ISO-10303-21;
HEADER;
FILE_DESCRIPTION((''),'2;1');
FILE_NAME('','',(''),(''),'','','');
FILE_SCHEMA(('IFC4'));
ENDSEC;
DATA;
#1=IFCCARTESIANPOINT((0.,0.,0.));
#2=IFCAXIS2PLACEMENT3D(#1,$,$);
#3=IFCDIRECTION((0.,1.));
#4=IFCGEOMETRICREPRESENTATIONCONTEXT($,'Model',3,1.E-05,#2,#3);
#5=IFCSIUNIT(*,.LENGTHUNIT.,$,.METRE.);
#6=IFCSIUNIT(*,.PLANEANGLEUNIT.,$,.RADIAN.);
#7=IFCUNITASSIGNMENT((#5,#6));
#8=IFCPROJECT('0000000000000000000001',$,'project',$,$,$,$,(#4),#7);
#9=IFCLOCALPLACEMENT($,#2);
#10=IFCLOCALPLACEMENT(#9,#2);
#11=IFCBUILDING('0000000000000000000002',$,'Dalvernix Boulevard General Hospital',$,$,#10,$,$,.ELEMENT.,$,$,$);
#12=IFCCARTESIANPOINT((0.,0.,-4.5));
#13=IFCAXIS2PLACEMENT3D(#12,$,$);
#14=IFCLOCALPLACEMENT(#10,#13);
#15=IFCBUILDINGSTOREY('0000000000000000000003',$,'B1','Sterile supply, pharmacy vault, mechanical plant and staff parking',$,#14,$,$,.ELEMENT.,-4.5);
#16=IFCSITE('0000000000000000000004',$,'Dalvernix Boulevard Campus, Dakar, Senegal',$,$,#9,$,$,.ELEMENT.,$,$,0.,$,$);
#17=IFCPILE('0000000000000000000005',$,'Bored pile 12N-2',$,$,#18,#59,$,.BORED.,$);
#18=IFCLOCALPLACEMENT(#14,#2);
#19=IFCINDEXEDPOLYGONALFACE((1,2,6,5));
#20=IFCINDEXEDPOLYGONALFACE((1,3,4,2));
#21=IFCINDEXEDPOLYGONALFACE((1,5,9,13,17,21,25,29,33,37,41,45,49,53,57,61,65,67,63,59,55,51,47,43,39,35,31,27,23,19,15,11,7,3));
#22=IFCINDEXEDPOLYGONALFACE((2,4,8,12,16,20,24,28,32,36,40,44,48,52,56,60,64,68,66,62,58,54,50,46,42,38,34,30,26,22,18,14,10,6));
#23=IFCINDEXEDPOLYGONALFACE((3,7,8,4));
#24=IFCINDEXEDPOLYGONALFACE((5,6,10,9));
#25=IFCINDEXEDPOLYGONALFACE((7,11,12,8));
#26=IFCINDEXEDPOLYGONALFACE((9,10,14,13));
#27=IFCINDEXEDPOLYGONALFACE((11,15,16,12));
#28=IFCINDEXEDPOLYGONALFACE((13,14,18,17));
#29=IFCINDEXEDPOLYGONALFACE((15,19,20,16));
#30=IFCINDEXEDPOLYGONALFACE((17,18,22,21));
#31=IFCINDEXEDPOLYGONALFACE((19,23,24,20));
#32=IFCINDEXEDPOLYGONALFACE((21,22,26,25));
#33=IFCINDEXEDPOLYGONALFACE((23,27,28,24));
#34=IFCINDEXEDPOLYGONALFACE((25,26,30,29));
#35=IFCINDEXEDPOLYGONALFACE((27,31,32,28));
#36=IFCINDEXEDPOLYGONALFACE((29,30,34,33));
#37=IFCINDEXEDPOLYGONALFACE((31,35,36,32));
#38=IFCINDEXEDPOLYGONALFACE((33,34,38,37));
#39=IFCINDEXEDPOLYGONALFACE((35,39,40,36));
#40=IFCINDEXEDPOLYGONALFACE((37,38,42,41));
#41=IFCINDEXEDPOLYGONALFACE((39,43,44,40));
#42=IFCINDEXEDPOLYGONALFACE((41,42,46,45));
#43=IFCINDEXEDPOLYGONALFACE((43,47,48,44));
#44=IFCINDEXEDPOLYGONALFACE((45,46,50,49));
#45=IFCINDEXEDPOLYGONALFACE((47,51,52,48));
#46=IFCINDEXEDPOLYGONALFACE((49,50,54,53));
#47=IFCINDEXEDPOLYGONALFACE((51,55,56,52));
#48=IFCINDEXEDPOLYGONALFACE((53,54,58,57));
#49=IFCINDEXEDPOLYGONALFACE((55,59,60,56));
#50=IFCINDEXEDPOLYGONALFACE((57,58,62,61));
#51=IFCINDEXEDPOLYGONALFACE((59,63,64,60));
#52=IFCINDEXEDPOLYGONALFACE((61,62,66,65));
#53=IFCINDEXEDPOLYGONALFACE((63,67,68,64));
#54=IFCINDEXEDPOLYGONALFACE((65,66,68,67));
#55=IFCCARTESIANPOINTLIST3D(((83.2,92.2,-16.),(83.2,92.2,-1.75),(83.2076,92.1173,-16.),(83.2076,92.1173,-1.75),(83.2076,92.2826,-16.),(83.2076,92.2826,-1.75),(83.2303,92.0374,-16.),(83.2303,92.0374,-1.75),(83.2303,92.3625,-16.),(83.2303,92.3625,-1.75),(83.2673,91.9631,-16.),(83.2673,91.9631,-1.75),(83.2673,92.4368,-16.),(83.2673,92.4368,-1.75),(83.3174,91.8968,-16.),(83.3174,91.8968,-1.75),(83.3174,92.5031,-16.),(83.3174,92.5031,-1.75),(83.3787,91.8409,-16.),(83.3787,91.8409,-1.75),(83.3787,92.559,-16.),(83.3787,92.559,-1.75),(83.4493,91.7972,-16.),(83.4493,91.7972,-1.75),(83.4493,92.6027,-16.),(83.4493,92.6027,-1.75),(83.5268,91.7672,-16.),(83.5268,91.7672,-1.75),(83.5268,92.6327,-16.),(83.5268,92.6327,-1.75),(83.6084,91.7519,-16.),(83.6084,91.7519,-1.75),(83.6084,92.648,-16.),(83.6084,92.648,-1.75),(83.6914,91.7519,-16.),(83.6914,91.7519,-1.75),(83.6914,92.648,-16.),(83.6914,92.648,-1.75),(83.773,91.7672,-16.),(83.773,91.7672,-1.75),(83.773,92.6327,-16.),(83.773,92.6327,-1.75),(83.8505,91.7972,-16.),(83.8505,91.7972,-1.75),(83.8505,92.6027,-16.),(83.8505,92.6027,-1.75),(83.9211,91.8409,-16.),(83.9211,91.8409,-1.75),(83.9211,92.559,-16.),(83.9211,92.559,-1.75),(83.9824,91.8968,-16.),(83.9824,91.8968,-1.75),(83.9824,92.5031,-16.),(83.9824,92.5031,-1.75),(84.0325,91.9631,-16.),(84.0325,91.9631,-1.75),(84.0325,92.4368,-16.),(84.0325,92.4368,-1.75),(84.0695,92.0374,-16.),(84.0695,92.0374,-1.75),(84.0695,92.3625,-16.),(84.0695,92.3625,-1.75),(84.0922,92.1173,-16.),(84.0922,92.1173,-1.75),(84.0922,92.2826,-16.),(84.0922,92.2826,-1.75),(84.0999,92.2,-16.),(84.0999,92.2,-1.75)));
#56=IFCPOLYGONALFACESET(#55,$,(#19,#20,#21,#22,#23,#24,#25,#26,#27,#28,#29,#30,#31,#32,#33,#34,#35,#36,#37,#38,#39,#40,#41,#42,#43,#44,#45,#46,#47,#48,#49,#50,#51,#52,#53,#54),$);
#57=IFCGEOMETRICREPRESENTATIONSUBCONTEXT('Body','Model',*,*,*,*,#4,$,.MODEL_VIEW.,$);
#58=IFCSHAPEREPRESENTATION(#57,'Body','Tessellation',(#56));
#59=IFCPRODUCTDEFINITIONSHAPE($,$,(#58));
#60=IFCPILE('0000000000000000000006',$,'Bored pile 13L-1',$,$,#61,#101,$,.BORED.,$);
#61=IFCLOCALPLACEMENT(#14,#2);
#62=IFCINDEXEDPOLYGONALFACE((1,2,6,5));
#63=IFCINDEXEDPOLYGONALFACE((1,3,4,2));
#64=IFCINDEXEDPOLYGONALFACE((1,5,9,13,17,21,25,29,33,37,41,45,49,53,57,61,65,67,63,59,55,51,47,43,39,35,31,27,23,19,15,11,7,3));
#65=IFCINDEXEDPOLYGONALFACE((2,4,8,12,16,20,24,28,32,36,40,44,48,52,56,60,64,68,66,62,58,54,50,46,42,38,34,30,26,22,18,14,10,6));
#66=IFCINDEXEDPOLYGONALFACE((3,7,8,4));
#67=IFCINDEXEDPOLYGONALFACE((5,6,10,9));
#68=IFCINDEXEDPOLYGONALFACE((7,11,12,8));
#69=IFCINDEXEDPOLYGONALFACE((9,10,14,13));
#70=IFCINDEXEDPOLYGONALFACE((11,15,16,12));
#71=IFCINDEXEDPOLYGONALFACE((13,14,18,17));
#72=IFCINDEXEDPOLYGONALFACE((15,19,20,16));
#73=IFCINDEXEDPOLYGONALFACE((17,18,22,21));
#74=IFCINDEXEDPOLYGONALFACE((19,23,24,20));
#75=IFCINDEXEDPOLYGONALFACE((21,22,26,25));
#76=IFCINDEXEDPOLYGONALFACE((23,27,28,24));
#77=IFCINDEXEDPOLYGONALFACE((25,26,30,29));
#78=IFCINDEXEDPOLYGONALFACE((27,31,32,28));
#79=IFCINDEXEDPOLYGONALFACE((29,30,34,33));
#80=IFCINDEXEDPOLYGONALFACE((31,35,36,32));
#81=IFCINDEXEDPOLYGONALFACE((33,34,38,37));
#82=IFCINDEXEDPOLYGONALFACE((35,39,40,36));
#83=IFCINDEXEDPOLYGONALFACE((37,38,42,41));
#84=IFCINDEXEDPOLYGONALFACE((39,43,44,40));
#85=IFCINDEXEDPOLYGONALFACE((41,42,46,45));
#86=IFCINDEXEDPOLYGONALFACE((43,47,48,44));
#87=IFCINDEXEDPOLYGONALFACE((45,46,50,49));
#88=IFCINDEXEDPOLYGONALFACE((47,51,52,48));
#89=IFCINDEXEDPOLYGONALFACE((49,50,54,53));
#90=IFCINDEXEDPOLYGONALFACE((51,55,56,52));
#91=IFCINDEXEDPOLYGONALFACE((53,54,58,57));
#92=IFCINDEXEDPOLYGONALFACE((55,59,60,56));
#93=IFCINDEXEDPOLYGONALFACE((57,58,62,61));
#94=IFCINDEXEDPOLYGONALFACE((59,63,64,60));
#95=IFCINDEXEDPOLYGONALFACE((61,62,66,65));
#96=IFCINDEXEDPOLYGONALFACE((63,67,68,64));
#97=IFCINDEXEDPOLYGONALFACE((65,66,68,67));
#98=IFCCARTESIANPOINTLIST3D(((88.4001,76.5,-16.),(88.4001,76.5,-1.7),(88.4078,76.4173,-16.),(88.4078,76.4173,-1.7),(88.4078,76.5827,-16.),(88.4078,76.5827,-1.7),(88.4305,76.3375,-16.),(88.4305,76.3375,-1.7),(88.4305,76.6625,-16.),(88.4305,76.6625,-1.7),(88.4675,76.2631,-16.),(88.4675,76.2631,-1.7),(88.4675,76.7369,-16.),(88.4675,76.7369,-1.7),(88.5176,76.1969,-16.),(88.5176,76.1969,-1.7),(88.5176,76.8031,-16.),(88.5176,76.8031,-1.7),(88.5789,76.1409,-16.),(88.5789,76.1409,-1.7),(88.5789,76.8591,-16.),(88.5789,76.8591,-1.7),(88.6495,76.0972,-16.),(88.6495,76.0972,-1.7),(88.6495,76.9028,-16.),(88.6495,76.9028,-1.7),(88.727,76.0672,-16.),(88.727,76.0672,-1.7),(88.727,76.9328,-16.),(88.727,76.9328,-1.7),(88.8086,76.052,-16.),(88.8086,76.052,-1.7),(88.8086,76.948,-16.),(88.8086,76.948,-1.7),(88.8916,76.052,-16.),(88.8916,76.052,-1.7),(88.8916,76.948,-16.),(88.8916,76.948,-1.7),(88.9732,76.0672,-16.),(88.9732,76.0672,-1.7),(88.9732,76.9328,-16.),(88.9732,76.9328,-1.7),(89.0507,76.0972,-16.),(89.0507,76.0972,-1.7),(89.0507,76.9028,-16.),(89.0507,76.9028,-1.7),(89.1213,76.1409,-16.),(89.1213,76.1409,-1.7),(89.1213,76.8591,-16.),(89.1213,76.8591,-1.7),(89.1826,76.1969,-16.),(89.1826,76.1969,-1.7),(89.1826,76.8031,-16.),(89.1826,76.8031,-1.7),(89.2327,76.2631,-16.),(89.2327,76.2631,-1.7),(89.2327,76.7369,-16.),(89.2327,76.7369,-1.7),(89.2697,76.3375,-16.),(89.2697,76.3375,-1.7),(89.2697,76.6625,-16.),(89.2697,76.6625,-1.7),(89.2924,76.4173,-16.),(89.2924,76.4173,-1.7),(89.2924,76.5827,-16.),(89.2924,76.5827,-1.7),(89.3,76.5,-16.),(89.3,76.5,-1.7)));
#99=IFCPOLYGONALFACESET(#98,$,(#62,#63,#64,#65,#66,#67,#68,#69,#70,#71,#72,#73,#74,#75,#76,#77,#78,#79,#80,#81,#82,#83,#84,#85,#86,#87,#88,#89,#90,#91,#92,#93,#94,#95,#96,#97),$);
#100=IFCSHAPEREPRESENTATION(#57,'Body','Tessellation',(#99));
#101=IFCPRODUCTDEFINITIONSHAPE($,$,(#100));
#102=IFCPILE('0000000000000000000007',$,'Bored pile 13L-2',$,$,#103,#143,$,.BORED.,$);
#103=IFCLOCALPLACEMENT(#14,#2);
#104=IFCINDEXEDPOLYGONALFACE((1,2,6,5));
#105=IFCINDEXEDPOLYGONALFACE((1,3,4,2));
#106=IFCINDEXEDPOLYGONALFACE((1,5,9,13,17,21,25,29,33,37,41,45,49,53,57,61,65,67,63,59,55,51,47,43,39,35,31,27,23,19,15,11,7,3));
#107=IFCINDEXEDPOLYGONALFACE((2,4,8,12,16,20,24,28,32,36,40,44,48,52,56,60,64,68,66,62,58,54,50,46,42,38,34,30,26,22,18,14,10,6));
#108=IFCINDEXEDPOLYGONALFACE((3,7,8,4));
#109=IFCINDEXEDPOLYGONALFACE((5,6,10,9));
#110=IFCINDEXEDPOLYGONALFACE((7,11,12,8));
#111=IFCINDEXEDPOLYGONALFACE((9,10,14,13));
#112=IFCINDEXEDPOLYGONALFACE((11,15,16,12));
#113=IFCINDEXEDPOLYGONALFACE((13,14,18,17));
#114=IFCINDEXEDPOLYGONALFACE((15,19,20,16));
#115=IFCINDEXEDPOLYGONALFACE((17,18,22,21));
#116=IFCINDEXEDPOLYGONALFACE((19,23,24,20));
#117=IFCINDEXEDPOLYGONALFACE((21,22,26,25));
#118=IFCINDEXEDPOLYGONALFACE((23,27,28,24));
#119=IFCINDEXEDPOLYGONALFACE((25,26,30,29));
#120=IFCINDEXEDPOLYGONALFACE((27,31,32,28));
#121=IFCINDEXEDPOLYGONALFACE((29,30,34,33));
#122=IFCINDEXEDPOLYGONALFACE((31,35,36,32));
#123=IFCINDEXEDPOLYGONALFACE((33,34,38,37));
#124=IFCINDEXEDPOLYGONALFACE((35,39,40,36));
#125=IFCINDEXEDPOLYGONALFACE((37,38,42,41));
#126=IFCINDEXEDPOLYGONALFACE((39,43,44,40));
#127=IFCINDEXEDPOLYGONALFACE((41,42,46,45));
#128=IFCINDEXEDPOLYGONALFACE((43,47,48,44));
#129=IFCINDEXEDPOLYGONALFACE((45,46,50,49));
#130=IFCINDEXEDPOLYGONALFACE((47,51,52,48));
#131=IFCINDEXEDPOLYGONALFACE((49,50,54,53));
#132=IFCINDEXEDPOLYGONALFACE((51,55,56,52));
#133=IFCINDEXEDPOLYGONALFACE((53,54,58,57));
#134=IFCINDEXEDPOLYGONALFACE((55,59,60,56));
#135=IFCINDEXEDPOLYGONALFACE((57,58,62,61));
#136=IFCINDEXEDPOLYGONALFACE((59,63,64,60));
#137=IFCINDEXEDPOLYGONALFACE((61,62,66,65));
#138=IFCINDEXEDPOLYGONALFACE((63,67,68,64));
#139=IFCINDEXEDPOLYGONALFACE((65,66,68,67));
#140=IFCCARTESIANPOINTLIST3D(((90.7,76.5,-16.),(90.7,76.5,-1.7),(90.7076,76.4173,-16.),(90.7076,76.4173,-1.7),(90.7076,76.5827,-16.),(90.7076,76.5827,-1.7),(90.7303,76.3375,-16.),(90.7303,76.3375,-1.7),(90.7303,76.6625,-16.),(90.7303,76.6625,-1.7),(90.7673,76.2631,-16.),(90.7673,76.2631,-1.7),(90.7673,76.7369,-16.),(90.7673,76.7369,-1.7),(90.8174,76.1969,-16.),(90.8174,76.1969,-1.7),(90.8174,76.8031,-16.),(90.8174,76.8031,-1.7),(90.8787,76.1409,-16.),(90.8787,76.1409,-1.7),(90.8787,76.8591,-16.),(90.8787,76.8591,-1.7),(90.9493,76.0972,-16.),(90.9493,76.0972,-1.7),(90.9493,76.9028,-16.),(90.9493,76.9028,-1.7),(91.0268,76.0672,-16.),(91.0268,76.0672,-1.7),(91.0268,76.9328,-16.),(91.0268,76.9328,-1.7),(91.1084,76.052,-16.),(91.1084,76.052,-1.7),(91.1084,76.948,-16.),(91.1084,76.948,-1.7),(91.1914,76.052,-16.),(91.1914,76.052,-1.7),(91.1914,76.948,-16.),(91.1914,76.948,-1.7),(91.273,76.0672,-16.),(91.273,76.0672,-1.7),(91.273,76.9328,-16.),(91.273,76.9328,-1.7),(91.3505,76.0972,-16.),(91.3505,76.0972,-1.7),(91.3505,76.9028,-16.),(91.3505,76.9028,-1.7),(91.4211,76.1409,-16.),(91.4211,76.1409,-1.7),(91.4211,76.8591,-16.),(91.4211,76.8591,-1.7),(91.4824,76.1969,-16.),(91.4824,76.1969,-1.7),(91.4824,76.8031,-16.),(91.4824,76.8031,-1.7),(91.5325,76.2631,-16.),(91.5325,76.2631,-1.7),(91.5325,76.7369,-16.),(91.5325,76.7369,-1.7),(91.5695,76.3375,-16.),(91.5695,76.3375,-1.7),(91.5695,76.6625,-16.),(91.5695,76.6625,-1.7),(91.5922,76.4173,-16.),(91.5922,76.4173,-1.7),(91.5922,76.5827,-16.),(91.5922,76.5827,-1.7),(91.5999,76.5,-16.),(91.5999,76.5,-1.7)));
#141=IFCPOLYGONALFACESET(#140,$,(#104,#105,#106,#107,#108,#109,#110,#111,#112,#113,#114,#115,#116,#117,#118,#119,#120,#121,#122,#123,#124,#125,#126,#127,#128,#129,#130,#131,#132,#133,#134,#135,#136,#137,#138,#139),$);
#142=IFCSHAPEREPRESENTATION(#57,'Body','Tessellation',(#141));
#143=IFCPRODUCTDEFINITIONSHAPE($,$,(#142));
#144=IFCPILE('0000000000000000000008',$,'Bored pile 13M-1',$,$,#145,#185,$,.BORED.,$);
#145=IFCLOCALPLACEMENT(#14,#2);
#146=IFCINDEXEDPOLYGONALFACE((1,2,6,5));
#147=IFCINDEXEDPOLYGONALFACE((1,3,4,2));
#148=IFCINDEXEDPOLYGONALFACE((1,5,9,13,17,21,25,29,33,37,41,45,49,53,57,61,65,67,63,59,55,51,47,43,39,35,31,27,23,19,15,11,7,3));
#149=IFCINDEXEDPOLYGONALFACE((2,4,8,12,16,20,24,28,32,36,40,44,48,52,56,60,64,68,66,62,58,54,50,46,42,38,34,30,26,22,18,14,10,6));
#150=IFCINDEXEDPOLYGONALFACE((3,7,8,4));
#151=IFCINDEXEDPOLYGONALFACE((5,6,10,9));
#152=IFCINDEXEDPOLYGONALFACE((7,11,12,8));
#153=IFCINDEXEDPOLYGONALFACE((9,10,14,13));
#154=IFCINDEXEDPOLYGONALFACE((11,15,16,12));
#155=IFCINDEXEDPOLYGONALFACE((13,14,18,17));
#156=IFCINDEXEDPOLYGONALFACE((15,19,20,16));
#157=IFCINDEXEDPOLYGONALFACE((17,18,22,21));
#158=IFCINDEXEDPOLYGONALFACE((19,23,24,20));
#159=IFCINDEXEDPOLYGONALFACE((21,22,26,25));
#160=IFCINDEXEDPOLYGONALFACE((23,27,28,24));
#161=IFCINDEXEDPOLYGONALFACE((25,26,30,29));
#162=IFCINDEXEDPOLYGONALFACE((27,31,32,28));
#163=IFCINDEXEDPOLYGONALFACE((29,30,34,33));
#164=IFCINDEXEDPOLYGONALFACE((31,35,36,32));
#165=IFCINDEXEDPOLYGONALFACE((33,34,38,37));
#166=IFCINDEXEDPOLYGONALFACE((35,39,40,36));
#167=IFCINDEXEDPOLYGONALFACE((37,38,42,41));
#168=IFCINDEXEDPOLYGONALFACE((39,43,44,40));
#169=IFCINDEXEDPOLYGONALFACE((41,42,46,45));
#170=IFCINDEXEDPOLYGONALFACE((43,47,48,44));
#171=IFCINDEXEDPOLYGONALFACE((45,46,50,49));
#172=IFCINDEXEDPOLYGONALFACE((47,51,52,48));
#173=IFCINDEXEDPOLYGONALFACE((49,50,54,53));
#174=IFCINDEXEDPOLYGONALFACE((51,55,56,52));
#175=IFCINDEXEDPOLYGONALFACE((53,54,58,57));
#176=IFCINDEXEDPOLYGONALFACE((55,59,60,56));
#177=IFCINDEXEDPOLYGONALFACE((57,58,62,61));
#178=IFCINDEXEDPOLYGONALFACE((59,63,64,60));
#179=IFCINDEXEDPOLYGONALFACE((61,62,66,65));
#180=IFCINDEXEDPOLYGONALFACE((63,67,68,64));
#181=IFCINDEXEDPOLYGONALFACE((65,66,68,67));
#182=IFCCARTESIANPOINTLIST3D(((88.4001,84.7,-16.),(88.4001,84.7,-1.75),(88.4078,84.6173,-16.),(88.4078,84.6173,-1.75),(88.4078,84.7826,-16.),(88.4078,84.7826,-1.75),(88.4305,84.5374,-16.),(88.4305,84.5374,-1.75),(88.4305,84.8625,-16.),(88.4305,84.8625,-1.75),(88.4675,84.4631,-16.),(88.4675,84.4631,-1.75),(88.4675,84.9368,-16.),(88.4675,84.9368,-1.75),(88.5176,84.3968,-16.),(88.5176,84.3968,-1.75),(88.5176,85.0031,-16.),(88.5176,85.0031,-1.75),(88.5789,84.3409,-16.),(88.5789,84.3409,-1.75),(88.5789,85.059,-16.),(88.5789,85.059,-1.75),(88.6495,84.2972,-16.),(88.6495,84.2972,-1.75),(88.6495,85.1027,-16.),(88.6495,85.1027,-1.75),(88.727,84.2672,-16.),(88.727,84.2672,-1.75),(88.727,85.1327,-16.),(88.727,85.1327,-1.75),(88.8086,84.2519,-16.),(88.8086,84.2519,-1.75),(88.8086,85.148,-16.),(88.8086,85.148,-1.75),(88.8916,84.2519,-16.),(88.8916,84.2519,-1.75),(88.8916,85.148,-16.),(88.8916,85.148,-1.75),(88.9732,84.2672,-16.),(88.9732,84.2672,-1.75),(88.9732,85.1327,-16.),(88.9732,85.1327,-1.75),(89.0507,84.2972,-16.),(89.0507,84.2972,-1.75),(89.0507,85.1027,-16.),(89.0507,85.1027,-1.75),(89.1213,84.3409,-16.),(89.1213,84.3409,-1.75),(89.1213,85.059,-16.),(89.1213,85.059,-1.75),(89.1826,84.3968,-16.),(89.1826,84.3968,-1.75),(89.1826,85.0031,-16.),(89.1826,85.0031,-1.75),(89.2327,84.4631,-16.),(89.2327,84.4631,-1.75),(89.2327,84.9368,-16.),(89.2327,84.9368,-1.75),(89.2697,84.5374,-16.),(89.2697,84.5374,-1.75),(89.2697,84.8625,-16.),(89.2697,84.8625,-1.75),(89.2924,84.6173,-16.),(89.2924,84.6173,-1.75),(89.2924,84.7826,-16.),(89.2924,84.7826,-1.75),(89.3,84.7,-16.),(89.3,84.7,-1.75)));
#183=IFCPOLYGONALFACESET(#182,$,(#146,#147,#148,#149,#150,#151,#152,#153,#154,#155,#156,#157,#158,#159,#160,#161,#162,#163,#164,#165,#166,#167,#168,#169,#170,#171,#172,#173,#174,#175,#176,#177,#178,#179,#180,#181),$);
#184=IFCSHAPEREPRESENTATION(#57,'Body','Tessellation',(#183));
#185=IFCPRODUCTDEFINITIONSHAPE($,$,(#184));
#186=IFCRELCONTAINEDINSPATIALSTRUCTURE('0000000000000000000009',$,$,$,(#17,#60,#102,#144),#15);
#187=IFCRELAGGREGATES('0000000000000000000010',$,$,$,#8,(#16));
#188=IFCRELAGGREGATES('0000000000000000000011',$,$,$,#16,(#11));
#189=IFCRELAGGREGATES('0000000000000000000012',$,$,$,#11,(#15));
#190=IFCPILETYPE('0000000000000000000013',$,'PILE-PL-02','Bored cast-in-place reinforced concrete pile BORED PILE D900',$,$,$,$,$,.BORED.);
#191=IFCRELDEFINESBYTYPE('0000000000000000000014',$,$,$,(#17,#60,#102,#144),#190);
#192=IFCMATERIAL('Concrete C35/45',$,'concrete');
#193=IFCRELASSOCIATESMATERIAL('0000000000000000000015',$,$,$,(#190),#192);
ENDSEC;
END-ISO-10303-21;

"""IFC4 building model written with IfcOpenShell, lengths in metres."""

from ifc_helpers import new_model, si_unit, direction, frame, origin, origin_2d, place, context, subcontext, project, spatial, circle, extrude, material, material_profile, profile_set, type_object, element, save


model = new_model("IFC4")

# Units and contexts
model_context = context("Model", 3, precision=1e-05, world=origin(), true_north=direction((0.0, 1.0)))
body_context = subcontext(model_context, "Body", "Model", "MODEL_VIEW")
ifc_project = project(units=[si_unit("LENGTHUNIT", "METRE"), si_unit("PLANEANGLEUNIT", "RADIAN")], contexts=[model_context])

# Site, building, storey
site_placement = place(None, origin())
site = spatial("IfcSite", under=ifc_project, at=site_placement, Name="Dalvernix Boulevard Campus, Dakar, Senegal", CompositionType="ELEMENT", RefElevation=0.0)
building_placement = place(site_placement, origin())
building = spatial("IfcBuilding", under=site, at=building_placement, Name="Dalvernix Boulevard General Hospital", CompositionType="ELEMENT")
storey_placement = place(building_placement, frame((0.0, 0.0, -4.5)))
storey = spatial("IfcBuildingStorey", under=building, at=storey_placement, Name="B1", Description="Sterile supply, pharmacy vault, mechanical plant and staff parking", CompositionType="ELEMENT", Elevation=-4.5)

# Shared definitions
ifc_material_1 = material(Name="Concrete C35/45", Category="concrete")

# Piles
ifc_material_profile_1 = material_profile(ifc_material_1, circle(Radius=0.45, at=origin_2d()), Name="BORED PILE D900")
ifc_profile_set_1 = profile_set([ifc_material_profile_1], Name="Concrete C35/45")
pile_type = type_object("IfcPileType", Name="PILE-PL-02", Description="Bored cast-in-place reinforced concrete pile BORED PILE D900", PredefinedType="BORED", material=ifc_profile_set_1)
pile_1_placement = place(storey_placement, frame((83.6499, 92.2, -1.75), z_axis=(0.0, 0.0, -1.0), x_axis=(1.0, 0.0, 0.0)))
element("IfcPile", 1, at=pile_1_placement, inside=storey, type_object=pile_type, Name="Bored pile 12N-2", PredefinedType="BORED", context=body_context, shape_type="SweptSolid", body=[
    extrude(circle(Radius=0.45, at=origin_2d()), origin(), (0.0, 0.0, 1.0), 14.25),
])
for number, where, z_axis, x_axis, name in (
    (2, (88.8501, 76.5, -1.7), (0.0, 0.0, -1.0), (1.0, 0.0, 0.0), "Bored pile 13L-1"),
    (3, (91.1499, 76.5, -1.7), (0.0, 0.0, -1.0), (1.0, 0.0, 0.0), "Bored pile 13L-2"),
):
    element("IfcPile", number, at=place(storey_placement, frame(where, z_axis=z_axis, x_axis=x_axis)), inside=storey, type_object=pile_type, Name=name, PredefinedType="BORED", context=body_context, shape_type="SweptSolid", body=[
        extrude(circle(Radius=0.45, at=origin_2d()), origin(), (0.0, 0.0, 1.0), 14.3),
    ])
for number, where, z_axis, x_axis, name in (
    (4, (88.8501, 84.7, -1.75), (0.0, 0.0, -1.0), (1.0, 0.0, 0.0), "Bored pile 13M-1"),
):
    element("IfcPile", number, at=place(storey_placement, frame(where, z_axis=z_axis, x_axis=x_axis)), inside=storey, type_object=pile_type, Name=name, PredefinedType="BORED", context=body_context, shape_type="SweptSolid", body=[
        extrude(circle(Radius=0.45, at=origin_2d()), origin(), (0.0, 0.0, 1.0), 14.25),
    ])

save(model, "model.ifc")
